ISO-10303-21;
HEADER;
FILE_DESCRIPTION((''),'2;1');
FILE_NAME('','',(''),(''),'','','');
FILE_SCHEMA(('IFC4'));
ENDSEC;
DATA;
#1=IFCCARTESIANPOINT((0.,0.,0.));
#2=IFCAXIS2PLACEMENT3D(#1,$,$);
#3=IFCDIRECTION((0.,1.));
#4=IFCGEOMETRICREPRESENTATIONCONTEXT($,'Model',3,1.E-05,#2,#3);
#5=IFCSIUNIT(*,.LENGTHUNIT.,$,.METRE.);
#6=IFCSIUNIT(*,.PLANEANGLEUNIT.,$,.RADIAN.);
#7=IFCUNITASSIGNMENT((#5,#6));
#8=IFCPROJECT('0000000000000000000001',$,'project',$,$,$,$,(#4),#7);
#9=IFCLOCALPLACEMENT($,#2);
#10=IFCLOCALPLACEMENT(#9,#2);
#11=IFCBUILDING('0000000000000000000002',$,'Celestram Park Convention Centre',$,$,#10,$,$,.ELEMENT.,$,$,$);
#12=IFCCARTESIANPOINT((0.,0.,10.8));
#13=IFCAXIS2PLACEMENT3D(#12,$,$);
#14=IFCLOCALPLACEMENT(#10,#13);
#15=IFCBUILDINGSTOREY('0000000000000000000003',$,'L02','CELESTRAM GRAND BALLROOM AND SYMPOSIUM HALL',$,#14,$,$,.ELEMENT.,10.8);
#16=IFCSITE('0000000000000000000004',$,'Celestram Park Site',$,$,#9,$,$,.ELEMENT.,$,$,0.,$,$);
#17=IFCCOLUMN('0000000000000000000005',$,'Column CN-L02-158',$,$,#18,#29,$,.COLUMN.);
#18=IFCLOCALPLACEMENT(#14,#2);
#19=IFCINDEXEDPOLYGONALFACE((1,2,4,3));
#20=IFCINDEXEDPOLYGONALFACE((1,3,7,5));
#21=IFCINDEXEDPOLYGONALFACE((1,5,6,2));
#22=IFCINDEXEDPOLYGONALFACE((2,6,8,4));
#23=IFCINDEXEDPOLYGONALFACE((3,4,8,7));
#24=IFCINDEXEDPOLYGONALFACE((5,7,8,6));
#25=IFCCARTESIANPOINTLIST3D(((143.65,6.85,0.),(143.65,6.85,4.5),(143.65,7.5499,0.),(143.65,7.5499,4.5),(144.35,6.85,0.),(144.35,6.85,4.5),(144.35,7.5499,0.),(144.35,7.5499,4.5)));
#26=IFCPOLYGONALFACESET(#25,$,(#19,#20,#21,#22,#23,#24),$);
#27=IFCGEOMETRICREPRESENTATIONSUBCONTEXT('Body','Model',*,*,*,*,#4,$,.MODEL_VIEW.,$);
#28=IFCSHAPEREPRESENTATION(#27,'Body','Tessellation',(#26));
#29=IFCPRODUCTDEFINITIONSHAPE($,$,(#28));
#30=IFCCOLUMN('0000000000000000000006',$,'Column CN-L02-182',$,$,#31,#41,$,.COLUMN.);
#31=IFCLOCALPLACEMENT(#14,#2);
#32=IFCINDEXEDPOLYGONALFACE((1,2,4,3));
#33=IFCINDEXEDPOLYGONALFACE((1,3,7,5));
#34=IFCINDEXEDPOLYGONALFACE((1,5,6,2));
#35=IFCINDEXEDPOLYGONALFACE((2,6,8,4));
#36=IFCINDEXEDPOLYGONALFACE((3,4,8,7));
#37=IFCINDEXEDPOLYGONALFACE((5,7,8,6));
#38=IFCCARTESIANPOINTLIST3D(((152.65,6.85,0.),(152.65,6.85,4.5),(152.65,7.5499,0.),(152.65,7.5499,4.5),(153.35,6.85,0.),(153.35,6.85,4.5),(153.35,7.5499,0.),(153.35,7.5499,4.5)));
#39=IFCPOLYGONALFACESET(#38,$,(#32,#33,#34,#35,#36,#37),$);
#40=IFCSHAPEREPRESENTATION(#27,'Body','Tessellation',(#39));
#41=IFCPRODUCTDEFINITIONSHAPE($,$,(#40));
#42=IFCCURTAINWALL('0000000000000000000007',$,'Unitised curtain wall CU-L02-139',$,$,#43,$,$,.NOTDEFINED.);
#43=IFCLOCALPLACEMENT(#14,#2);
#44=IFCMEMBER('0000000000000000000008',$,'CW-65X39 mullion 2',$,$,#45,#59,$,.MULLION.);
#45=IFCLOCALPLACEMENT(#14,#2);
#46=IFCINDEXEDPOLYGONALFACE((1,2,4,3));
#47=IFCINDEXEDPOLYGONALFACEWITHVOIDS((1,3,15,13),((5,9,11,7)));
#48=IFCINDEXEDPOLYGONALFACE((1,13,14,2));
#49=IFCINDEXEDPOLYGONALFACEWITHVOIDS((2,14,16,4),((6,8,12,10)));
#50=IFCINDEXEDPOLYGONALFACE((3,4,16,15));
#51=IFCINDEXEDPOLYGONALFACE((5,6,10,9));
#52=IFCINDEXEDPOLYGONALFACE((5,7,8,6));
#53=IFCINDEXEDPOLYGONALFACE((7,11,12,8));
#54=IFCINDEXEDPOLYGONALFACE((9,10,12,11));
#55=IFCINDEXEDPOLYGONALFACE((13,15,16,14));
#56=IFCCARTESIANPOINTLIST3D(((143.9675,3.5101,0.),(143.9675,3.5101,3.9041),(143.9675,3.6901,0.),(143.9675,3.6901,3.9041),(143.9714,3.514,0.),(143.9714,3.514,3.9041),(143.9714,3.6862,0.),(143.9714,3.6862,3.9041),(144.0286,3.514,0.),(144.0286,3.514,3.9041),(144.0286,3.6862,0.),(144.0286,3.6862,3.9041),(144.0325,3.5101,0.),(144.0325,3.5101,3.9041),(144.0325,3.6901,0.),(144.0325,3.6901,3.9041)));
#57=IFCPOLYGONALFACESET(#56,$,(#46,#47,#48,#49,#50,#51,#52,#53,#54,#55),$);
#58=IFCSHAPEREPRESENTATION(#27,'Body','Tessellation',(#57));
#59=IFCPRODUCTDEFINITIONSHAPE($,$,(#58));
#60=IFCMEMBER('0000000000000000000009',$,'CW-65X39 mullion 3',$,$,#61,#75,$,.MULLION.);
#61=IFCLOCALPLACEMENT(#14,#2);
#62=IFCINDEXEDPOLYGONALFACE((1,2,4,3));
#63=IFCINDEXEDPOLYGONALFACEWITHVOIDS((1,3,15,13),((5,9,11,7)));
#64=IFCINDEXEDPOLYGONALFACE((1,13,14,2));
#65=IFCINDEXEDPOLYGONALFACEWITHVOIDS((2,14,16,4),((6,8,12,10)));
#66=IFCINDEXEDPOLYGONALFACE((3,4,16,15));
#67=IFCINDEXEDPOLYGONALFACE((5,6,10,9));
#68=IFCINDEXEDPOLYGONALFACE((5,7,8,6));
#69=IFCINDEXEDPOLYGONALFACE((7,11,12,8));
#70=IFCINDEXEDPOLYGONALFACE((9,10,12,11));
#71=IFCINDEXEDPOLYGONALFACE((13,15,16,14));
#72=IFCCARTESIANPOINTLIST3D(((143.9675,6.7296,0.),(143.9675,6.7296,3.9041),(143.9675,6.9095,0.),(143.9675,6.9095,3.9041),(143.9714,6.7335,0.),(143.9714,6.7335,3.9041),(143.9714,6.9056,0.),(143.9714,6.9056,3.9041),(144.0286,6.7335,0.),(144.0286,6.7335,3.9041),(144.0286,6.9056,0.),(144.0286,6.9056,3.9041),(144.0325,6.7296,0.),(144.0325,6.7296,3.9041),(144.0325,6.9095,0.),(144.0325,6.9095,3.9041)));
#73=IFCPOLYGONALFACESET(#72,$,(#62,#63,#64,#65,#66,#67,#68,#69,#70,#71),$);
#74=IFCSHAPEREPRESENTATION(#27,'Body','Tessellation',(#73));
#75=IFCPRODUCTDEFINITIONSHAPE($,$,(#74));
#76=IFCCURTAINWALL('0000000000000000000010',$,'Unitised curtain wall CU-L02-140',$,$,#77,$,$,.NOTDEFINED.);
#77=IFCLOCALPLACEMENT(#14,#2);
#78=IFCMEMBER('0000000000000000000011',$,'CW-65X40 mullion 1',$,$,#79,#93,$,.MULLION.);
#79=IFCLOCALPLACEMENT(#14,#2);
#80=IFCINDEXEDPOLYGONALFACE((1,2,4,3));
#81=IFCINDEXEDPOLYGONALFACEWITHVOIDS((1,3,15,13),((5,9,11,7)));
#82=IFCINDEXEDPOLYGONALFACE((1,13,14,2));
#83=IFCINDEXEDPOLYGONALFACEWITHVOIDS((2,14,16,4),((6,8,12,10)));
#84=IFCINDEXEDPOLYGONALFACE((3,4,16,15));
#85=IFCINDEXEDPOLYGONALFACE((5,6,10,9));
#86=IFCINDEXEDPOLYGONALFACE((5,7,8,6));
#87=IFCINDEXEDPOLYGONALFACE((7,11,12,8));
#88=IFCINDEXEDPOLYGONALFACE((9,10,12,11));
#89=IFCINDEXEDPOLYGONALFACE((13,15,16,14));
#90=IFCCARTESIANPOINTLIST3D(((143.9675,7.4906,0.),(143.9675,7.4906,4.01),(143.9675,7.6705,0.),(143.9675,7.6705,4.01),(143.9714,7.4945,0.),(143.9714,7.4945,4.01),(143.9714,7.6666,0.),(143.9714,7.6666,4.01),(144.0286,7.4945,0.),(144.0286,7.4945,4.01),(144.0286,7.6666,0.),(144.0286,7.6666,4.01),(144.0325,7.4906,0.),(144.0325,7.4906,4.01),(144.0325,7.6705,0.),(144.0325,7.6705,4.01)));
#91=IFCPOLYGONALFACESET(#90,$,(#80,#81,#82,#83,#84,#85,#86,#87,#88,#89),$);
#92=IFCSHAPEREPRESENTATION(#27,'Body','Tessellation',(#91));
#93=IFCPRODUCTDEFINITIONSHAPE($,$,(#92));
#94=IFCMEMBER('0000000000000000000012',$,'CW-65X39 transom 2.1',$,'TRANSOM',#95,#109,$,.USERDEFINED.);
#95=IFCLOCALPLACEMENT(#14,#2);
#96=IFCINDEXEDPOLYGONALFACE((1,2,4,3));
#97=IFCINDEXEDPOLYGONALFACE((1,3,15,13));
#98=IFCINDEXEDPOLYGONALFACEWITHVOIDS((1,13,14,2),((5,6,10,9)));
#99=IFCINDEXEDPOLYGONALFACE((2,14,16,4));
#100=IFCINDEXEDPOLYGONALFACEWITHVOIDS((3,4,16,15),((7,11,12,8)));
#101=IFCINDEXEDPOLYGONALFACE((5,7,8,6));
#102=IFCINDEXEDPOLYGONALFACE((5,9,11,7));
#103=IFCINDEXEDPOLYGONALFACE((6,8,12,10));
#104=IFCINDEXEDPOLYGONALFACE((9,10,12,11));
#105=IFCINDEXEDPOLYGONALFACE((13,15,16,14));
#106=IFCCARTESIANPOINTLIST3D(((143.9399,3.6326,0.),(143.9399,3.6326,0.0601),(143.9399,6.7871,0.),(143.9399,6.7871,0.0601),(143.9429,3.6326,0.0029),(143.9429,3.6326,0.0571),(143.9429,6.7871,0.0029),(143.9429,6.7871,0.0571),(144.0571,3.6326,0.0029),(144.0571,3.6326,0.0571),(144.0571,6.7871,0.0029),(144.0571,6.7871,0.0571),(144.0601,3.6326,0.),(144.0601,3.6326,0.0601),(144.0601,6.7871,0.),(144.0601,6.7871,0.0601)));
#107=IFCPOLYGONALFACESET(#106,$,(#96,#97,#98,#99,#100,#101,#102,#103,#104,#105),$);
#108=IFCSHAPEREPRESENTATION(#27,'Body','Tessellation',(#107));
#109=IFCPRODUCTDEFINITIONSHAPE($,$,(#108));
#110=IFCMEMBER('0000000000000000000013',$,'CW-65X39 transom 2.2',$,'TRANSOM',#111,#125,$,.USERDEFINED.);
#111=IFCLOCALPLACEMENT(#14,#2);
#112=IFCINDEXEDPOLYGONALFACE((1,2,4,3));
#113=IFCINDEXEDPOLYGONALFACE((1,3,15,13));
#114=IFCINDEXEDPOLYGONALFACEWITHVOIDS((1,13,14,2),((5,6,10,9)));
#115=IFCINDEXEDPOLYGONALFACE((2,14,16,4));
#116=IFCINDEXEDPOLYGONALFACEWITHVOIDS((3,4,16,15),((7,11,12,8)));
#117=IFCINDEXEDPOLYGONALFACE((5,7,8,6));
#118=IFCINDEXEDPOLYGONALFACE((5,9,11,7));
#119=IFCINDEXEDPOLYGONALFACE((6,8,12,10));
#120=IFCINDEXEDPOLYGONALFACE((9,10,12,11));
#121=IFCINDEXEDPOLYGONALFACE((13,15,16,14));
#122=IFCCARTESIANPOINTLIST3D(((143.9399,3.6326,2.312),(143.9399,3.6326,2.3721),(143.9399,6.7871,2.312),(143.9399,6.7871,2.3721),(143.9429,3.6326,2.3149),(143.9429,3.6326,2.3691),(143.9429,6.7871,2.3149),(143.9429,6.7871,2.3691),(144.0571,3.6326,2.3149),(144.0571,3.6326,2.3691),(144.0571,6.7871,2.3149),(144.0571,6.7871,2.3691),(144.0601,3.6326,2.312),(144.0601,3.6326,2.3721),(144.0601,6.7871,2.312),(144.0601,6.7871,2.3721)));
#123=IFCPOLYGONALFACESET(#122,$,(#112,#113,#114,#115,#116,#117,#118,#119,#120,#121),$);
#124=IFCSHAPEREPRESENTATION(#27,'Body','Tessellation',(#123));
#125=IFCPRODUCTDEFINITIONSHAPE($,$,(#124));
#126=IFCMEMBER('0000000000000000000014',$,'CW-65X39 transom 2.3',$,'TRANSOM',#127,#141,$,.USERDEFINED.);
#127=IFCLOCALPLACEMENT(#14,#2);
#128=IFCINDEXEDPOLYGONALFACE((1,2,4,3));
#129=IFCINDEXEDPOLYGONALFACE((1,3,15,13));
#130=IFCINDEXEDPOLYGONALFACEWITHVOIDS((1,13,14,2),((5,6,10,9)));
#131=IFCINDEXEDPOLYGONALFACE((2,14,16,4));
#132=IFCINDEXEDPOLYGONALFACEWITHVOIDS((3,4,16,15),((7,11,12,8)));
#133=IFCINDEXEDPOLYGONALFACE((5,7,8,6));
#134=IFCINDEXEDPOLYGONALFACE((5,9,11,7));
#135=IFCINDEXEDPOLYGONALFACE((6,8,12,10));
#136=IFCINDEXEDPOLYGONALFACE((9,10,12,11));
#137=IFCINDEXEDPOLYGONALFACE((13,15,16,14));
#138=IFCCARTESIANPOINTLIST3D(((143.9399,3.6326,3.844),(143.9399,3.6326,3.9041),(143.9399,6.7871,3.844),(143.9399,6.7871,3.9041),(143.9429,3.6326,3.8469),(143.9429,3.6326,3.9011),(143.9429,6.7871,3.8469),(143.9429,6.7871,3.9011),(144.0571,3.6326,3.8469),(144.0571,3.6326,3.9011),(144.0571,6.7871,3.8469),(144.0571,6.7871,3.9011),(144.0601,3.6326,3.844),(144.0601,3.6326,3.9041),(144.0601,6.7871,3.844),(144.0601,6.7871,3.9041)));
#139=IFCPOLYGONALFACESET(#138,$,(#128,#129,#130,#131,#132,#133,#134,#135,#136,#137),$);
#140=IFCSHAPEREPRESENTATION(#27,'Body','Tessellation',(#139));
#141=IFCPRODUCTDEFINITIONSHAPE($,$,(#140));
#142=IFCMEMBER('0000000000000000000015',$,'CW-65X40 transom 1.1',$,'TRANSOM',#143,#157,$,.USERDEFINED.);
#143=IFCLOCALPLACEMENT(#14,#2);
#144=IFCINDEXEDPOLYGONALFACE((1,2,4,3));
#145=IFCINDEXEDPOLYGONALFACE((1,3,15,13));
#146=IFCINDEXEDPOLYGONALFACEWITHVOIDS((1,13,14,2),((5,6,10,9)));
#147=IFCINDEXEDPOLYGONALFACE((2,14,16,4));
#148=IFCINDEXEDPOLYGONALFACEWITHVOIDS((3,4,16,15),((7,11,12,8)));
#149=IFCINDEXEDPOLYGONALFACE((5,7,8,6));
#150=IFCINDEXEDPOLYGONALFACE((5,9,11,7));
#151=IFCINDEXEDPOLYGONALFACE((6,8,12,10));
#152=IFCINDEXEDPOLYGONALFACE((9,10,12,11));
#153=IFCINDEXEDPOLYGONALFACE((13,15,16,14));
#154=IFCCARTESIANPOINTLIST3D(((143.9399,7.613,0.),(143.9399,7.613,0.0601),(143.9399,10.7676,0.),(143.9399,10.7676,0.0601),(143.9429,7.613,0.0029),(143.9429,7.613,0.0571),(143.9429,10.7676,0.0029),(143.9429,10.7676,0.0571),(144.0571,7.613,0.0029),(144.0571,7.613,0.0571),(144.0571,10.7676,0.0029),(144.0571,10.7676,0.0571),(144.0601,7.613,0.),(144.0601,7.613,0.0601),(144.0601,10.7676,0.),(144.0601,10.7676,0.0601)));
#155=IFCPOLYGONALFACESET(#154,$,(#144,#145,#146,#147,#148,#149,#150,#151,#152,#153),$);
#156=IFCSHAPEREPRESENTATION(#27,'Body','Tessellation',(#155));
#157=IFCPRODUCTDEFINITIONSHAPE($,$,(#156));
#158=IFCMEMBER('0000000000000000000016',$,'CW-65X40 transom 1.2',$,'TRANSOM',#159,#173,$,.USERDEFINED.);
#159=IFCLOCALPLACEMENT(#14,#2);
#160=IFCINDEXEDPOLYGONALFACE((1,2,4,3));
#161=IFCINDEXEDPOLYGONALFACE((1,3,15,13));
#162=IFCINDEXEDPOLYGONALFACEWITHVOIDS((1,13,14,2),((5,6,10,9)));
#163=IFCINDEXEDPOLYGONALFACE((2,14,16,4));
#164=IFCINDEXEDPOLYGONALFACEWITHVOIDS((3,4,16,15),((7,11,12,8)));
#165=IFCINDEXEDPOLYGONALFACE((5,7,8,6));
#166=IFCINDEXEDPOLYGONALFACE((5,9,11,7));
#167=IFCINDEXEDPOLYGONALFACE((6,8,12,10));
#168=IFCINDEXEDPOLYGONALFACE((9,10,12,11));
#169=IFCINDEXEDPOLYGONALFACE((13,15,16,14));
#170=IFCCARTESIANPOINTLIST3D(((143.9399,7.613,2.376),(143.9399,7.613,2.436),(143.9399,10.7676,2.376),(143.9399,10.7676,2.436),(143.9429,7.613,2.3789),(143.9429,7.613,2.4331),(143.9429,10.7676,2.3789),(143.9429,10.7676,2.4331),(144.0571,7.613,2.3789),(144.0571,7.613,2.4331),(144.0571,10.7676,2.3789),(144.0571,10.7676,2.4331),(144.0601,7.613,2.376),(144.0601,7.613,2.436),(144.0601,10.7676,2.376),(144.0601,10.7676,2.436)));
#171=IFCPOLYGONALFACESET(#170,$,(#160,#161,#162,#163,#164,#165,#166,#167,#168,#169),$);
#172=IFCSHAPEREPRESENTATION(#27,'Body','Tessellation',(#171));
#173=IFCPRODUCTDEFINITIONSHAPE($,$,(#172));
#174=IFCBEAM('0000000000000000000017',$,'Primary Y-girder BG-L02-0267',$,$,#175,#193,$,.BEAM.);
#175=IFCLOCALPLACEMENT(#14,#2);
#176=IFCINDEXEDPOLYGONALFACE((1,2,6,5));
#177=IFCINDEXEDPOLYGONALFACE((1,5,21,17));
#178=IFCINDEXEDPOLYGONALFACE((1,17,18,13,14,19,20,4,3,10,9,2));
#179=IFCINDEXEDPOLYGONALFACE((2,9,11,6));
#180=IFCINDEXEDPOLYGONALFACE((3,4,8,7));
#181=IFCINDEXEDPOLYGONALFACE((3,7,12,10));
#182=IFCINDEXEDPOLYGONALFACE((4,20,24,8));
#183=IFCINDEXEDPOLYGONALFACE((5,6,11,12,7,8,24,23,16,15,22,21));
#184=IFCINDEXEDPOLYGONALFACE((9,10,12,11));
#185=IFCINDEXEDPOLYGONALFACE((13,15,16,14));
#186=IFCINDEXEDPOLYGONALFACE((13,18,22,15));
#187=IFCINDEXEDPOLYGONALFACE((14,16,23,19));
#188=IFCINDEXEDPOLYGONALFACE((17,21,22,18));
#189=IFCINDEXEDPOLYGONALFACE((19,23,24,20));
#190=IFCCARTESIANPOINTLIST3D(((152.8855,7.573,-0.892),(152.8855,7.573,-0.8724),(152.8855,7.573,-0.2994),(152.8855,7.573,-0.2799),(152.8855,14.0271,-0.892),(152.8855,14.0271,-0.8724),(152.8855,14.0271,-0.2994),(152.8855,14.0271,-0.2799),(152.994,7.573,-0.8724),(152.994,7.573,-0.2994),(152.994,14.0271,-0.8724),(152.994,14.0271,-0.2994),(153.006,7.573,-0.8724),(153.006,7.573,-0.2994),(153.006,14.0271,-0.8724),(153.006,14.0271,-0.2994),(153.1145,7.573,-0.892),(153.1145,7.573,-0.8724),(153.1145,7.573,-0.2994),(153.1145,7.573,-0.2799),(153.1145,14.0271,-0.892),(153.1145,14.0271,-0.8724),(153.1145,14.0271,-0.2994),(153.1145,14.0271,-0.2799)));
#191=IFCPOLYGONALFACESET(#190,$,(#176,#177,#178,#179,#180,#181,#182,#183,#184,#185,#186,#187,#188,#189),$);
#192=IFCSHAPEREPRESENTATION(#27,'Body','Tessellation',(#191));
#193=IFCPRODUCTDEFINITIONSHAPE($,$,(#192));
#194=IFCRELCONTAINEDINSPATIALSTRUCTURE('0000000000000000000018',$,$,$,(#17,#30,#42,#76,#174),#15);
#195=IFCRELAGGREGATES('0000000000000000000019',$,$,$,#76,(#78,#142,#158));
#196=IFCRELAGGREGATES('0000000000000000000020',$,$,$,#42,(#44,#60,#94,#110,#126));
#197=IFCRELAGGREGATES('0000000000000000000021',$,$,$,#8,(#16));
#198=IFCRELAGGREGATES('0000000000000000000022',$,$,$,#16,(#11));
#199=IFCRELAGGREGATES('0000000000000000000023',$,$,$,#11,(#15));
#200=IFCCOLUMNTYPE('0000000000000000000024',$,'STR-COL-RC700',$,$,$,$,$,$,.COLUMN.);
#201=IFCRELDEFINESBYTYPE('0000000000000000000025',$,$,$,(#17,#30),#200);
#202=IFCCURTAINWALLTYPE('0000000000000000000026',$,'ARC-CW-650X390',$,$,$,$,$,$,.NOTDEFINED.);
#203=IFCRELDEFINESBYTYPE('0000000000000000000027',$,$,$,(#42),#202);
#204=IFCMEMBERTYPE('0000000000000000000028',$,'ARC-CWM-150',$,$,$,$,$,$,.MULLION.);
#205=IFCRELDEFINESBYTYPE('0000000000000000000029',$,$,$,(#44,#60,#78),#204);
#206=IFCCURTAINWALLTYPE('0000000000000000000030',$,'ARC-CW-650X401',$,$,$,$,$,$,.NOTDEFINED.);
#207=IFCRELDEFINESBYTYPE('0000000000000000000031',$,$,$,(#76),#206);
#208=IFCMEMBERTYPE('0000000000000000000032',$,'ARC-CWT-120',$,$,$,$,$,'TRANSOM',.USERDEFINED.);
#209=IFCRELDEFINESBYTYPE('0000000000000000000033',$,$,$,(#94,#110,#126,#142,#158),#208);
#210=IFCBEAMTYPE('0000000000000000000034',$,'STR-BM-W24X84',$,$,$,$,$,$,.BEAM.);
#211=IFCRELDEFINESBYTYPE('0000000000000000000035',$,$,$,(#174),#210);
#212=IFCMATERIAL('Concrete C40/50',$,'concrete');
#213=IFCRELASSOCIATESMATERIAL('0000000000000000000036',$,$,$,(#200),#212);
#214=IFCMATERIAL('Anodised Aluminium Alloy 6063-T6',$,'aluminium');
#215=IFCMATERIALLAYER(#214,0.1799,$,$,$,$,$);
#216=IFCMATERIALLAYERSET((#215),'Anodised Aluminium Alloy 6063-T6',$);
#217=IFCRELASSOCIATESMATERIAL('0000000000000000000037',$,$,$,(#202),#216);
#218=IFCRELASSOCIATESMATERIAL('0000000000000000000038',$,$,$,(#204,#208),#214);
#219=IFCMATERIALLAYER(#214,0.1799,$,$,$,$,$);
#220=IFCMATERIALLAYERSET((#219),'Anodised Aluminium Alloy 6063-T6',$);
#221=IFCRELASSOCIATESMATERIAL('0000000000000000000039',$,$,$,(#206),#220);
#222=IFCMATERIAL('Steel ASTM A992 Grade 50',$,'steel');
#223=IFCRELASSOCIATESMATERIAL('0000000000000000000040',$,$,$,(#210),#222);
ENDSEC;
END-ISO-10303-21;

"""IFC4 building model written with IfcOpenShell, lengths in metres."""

from ifc_helpers import new_model, si_unit, direction, frame, origin, origin_2d, place, context, subcontext, project, spatial, rectangle, hollow_rectangle, i_section, extrude, material, layer, layer_set, material_profile, profile_set, type_object, element, aggregate, save


model = new_model("IFC4")

# Units and contexts
model_context = context("Model", 3, precision=1e-05, world=origin(), true_north=direction((0.0, 1.0)))
body_context = subcontext(model_context, "Body", "Model", "MODEL_VIEW")
ifc_project = project(units=[si_unit("LENGTHUNIT", "METRE"), si_unit("PLANEANGLEUNIT", "RADIAN")], contexts=[model_context])

# Site, building, storey
site_placement = place(None, origin())
site = spatial("IfcSite", under=ifc_project, at=site_placement, Name="Celestram Park Site", CompositionType="ELEMENT", RefElevation=0.0)
building_placement = place(site_placement, origin())
building = spatial("IfcBuilding", under=site, at=building_placement, Name="Celestram Park Convention Centre", CompositionType="ELEMENT")
storey_placement = place(building_placement, frame((0.0, 0.0, 10.8)))
storey = spatial("IfcBuildingStorey", under=building, at=storey_placement, Name="L02", Description="CELESTRAM GRAND BALLROOM AND SYMPOSIUM HALL", CompositionType="ELEMENT", Elevation=10.8)

# Columns
ifc_material_1 = material(Name="Concrete C40/50", Category="concrete")
ifc_material_profile_1 = material_profile(ifc_material_1, rectangle(XDim=0.7, YDim=0.7, at=origin_2d()), Name="RC700X700")
ifc_profile_set_1 = profile_set([ifc_material_profile_1], Name="Concrete C40/50")
column_type = type_object("IfcColumnType", Name="STR-COL-RC700", PredefinedType="COLUMN", material=ifc_profile_set_1)
for number, where, z_axis, x_axis, name in (
    (1, (144.0, 7.2, 0.0), (0.0, 0.0, 1.0), (1.0, 0.0, 0.0), "Column CN-L02-158"),
    (2, (153.0, 7.2, 0.0), (0.0, 0.0, 1.0), (1.0, 0.0, 0.0), "Column CN-L02-182"),
):
    element("IfcColumn", number, at=place(storey_placement, frame(where, z_axis=z_axis, x_axis=x_axis)), inside=storey, type_object=column_type, Name=name, PredefinedType="COLUMN", context=body_context, shape_type="SweptSolid", body=[
        extrude(rectangle(XDim=0.7, YDim=0.7, at=origin_2d()), origin(), (0.0, 0.0, 1.0), 4.5),
    ])

# Curtain wall, members
ifc_material_2 = material(Name="Anodised Aluminium Alloy 6063-T6", Category="aluminium")
ifc_layer_1 = layer(ifc_material_2, 0.1799)
ifc_layer_set_1 = layer_set([ifc_layer_1], Name="Anodised Aluminium Alloy 6063-T6")
curtain_wall_type_1 = type_object("IfcCurtainWallType", Name="ARC-CW-650X390", PredefinedType="NOTDEFINED", material=ifc_layer_set_1)
curtain_wall_1_placement = place(storey_placement, origin())
curtain_wall_1 = element("IfcCurtainWall", 3, at=curtain_wall_1_placement, inside=storey, type_object=curtain_wall_type_1, Name="Unitised curtain wall CU-L02-139", PredefinedType="NOTDEFINED")
ifc_material_profile_2 = material_profile(ifc_material_2, hollow_rectangle(XDim=0.0649, YDim=0.1799, WallThickness=0.0039, at=origin_2d()), Name="ALU65X180X4")
ifc_profile_set_2 = profile_set([ifc_material_profile_2], Name="Anodised Aluminium Alloy 6063-T6")
member_type_1 = type_object("IfcMemberType", Name="ARC-CWM-150", PredefinedType="MULLION", material=ifc_profile_set_2)
member_1_placement = place(storey_placement, frame((144.0, 3.6001, 0.0), z_axis=(0.0, 0.0, 1.0), x_axis=(-1.0, 0.0, 0.0)))
member_1 = element("IfcMember", 4, at=member_1_placement, type_object=member_type_1, Name="CW-65X39 mullion 2", PredefinedType="MULLION", context=body_context, shape_type="SweptSolid", body=[
    extrude(hollow_rectangle(XDim=0.0649, YDim=0.1799, WallThickness=0.0039, at=origin_2d()), origin(), (0.0, 0.0, 1.0), 3.9041),
])
member_2_placement = place(storey_placement, frame((144.0, 6.8196, 0.0), z_axis=(0.0, 0.0, 1.0), x_axis=(-1.0, 0.0, 0.0)))
member_2 = element("IfcMember", 5, at=member_2_placement, type_object=member_type_1, Name="CW-65X39 mullion 3", PredefinedType="MULLION", context=body_context, shape_type="SweptSolid", body=[
    extrude(hollow_rectangle(XDim=0.0649, YDim=0.1799, WallThickness=0.0039, at=origin_2d()), origin(), (0.0, 0.0, 1.0), 3.9041),
])

# Curtain wall, member
ifc_layer_2 = layer(ifc_material_2, 0.1799)
ifc_layer_set_2 = layer_set([ifc_layer_2], Name="Anodised Aluminium Alloy 6063-T6")
curtain_wall_type_2 = type_object("IfcCurtainWallType", Name="ARC-CW-650X401", PredefinedType="NOTDEFINED", material=ifc_layer_set_2)
curtain_wall_2_placement = place(storey_placement, origin())
curtain_wall_2 = element("IfcCurtainWall", 6, at=curtain_wall_2_placement, inside=storey, type_object=curtain_wall_type_2, Name="Unitised curtain wall CU-L02-140", PredefinedType="NOTDEFINED")
member_3_placement = place(storey_placement, frame((144.0, 7.5806, 0.0), z_axis=(0.0, 0.0, 1.0), x_axis=(-1.0, 0.0, 0.0)))
member_3 = element("IfcMember", 7, at=member_3_placement, type_object=member_type_1, Name="CW-65X40 mullion 1", PredefinedType="MULLION", context=body_context, shape_type="SweptSolid", body=[
    extrude(hollow_rectangle(XDim=0.0649, YDim=0.1799, WallThickness=0.0039, at=origin_2d()), origin(), (0.0, 0.0, 1.0), 4.01),
])

# Members
ifc_material_profile_3 = material_profile(ifc_material_2, hollow_rectangle(XDim=0.1201, YDim=0.0601, WallThickness=0.0029, at=origin_2d()), Name="ALU120X60X3")
ifc_profile_set_3 = profile_set([ifc_material_profile_3], Name="Anodised Aluminium Alloy 6063-T6")
member_type_2 = type_object("IfcMemberType", Name="ARC-CWT-120", ElementType="TRANSOM", PredefinedType="USERDEFINED", material=ifc_profile_set_3)
member_4_placement = place(storey_placement, frame((144.0, 3.6326, 0.03), z_axis=(0.0, 1.0, 0.0), x_axis=(-1.0, 0.0, 0.0)))
member_4 = element("IfcMember", 8, at=member_4_placement, type_object=member_type_2, Name="CW-65X39 transom 2.1", ObjectType="TRANSOM", PredefinedType="USERDEFINED", context=body_context, shape_type="SweptSolid", body=[
    extrude(hollow_rectangle(XDim=0.1201, YDim=0.0601, WallThickness=0.0029, at=origin_2d()), origin(), (0.0, 0.0, 1.0), 3.1545),
])
member_5_placement = place(storey_placement, frame((144.0, 3.6326, 2.342), z_axis=(0.0, 1.0, 0.0), x_axis=(-1.0, 0.0, 0.0)))
member_5 = element("IfcMember", 9, at=member_5_placement, type_object=member_type_2, Name="CW-65X39 transom 2.2", ObjectType="TRANSOM", PredefinedType="USERDEFINED", context=body_context, shape_type="SweptSolid", body=[
    extrude(hollow_rectangle(XDim=0.1201, YDim=0.0601, WallThickness=0.0029, at=origin_2d()), origin(), (0.0, 0.0, 1.0), 3.1545),
])
member_6_placement = place(storey_placement, frame((144.0, 3.6326, 3.874), z_axis=(0.0, 1.0, 0.0), x_axis=(-1.0, 0.0, 0.0)))
member_6 = element("IfcMember", 10, at=member_6_placement, type_object=member_type_2, Name="CW-65X39 transom 2.3", ObjectType="TRANSOM", PredefinedType="USERDEFINED", context=body_context, shape_type="SweptSolid", body=[
    extrude(hollow_rectangle(XDim=0.1201, YDim=0.0601, WallThickness=0.0029, at=origin_2d()), origin(), (0.0, 0.0, 1.0), 3.1545),
])
member_7_placement = place(storey_placement, frame((144.0, 7.613, 0.03), z_axis=(0.0, 1.0, 0.0), x_axis=(-1.0, 0.0, 0.0)))
member_7 = element("IfcMember", 11, at=member_7_placement, type_object=member_type_2, Name="CW-65X40 transom 1.1", ObjectType="TRANSOM", PredefinedType="USERDEFINED", context=body_context, shape_type="SweptSolid", body=[
    extrude(hollow_rectangle(XDim=0.1201, YDim=0.0601, WallThickness=0.0029, at=origin_2d()), origin(), (0.0, 0.0, 1.0), 3.1545),
])
member_8_placement = place(storey_placement, frame((144.0, 7.613, 2.406), z_axis=(0.0, 1.0, 0.0), x_axis=(-1.0, 0.0, 0.0)))
member_8 = element("IfcMember", 12, at=member_8_placement, type_object=member_type_2, Name="CW-65X40 transom 1.2", ObjectType="TRANSOM", PredefinedType="USERDEFINED", context=body_context, shape_type="SweptSolid", body=[
    extrude(hollow_rectangle(XDim=0.1201, YDim=0.0601, WallThickness=0.0029, at=origin_2d()), origin(), (0.0, 0.0, 1.0), 3.1545),
])
aggregate(curtain_wall_2, [member_3, member_7, member_8])

# Beam
ifc_material_3 = material(Name="Steel ASTM A992 Grade 50", Category="steel")
ifc_material_profile_4 = material_profile(ifc_material_3, i_section(OverallWidth=0.229, OverallDepth=0.6121, WebThickness=0.012, FlangeThickness=0.0195, at=origin_2d()), Name="W24X84")
ifc_profile_set_4 = profile_set([ifc_material_profile_4], Name="Steel ASTM A992 Grade 50")
beam_type_1 = type_object("IfcBeamType", Name="STR-BM-W24X84", PredefinedType="BEAM", material=ifc_profile_set_4)
beam_1_placement = place(storey_placement, frame((153.0, 7.573, -0.5859), z_axis=(0.0, 1.0, 0.0), x_axis=(-1.0, 0.0, 0.0)))
element("IfcBeam", 13, at=beam_1_placement, inside=storey, type_object=beam_type_1, Name="Primary Y-girder BG-L02-0267", PredefinedType="BEAM", context=body_context, shape_type="SweptSolid", body=[
    extrude(i_section(OverallWidth=0.229, OverallDepth=0.6121, WebThickness=0.012, FlangeThickness=0.0195, at=origin_2d()), origin(), (0.0, 0.0, 1.0), 6.4541),
])

aggregate(curtain_wall_1, [member_1, member_2, member_4, member_5, member_6])

save(model, "model.ifc")
